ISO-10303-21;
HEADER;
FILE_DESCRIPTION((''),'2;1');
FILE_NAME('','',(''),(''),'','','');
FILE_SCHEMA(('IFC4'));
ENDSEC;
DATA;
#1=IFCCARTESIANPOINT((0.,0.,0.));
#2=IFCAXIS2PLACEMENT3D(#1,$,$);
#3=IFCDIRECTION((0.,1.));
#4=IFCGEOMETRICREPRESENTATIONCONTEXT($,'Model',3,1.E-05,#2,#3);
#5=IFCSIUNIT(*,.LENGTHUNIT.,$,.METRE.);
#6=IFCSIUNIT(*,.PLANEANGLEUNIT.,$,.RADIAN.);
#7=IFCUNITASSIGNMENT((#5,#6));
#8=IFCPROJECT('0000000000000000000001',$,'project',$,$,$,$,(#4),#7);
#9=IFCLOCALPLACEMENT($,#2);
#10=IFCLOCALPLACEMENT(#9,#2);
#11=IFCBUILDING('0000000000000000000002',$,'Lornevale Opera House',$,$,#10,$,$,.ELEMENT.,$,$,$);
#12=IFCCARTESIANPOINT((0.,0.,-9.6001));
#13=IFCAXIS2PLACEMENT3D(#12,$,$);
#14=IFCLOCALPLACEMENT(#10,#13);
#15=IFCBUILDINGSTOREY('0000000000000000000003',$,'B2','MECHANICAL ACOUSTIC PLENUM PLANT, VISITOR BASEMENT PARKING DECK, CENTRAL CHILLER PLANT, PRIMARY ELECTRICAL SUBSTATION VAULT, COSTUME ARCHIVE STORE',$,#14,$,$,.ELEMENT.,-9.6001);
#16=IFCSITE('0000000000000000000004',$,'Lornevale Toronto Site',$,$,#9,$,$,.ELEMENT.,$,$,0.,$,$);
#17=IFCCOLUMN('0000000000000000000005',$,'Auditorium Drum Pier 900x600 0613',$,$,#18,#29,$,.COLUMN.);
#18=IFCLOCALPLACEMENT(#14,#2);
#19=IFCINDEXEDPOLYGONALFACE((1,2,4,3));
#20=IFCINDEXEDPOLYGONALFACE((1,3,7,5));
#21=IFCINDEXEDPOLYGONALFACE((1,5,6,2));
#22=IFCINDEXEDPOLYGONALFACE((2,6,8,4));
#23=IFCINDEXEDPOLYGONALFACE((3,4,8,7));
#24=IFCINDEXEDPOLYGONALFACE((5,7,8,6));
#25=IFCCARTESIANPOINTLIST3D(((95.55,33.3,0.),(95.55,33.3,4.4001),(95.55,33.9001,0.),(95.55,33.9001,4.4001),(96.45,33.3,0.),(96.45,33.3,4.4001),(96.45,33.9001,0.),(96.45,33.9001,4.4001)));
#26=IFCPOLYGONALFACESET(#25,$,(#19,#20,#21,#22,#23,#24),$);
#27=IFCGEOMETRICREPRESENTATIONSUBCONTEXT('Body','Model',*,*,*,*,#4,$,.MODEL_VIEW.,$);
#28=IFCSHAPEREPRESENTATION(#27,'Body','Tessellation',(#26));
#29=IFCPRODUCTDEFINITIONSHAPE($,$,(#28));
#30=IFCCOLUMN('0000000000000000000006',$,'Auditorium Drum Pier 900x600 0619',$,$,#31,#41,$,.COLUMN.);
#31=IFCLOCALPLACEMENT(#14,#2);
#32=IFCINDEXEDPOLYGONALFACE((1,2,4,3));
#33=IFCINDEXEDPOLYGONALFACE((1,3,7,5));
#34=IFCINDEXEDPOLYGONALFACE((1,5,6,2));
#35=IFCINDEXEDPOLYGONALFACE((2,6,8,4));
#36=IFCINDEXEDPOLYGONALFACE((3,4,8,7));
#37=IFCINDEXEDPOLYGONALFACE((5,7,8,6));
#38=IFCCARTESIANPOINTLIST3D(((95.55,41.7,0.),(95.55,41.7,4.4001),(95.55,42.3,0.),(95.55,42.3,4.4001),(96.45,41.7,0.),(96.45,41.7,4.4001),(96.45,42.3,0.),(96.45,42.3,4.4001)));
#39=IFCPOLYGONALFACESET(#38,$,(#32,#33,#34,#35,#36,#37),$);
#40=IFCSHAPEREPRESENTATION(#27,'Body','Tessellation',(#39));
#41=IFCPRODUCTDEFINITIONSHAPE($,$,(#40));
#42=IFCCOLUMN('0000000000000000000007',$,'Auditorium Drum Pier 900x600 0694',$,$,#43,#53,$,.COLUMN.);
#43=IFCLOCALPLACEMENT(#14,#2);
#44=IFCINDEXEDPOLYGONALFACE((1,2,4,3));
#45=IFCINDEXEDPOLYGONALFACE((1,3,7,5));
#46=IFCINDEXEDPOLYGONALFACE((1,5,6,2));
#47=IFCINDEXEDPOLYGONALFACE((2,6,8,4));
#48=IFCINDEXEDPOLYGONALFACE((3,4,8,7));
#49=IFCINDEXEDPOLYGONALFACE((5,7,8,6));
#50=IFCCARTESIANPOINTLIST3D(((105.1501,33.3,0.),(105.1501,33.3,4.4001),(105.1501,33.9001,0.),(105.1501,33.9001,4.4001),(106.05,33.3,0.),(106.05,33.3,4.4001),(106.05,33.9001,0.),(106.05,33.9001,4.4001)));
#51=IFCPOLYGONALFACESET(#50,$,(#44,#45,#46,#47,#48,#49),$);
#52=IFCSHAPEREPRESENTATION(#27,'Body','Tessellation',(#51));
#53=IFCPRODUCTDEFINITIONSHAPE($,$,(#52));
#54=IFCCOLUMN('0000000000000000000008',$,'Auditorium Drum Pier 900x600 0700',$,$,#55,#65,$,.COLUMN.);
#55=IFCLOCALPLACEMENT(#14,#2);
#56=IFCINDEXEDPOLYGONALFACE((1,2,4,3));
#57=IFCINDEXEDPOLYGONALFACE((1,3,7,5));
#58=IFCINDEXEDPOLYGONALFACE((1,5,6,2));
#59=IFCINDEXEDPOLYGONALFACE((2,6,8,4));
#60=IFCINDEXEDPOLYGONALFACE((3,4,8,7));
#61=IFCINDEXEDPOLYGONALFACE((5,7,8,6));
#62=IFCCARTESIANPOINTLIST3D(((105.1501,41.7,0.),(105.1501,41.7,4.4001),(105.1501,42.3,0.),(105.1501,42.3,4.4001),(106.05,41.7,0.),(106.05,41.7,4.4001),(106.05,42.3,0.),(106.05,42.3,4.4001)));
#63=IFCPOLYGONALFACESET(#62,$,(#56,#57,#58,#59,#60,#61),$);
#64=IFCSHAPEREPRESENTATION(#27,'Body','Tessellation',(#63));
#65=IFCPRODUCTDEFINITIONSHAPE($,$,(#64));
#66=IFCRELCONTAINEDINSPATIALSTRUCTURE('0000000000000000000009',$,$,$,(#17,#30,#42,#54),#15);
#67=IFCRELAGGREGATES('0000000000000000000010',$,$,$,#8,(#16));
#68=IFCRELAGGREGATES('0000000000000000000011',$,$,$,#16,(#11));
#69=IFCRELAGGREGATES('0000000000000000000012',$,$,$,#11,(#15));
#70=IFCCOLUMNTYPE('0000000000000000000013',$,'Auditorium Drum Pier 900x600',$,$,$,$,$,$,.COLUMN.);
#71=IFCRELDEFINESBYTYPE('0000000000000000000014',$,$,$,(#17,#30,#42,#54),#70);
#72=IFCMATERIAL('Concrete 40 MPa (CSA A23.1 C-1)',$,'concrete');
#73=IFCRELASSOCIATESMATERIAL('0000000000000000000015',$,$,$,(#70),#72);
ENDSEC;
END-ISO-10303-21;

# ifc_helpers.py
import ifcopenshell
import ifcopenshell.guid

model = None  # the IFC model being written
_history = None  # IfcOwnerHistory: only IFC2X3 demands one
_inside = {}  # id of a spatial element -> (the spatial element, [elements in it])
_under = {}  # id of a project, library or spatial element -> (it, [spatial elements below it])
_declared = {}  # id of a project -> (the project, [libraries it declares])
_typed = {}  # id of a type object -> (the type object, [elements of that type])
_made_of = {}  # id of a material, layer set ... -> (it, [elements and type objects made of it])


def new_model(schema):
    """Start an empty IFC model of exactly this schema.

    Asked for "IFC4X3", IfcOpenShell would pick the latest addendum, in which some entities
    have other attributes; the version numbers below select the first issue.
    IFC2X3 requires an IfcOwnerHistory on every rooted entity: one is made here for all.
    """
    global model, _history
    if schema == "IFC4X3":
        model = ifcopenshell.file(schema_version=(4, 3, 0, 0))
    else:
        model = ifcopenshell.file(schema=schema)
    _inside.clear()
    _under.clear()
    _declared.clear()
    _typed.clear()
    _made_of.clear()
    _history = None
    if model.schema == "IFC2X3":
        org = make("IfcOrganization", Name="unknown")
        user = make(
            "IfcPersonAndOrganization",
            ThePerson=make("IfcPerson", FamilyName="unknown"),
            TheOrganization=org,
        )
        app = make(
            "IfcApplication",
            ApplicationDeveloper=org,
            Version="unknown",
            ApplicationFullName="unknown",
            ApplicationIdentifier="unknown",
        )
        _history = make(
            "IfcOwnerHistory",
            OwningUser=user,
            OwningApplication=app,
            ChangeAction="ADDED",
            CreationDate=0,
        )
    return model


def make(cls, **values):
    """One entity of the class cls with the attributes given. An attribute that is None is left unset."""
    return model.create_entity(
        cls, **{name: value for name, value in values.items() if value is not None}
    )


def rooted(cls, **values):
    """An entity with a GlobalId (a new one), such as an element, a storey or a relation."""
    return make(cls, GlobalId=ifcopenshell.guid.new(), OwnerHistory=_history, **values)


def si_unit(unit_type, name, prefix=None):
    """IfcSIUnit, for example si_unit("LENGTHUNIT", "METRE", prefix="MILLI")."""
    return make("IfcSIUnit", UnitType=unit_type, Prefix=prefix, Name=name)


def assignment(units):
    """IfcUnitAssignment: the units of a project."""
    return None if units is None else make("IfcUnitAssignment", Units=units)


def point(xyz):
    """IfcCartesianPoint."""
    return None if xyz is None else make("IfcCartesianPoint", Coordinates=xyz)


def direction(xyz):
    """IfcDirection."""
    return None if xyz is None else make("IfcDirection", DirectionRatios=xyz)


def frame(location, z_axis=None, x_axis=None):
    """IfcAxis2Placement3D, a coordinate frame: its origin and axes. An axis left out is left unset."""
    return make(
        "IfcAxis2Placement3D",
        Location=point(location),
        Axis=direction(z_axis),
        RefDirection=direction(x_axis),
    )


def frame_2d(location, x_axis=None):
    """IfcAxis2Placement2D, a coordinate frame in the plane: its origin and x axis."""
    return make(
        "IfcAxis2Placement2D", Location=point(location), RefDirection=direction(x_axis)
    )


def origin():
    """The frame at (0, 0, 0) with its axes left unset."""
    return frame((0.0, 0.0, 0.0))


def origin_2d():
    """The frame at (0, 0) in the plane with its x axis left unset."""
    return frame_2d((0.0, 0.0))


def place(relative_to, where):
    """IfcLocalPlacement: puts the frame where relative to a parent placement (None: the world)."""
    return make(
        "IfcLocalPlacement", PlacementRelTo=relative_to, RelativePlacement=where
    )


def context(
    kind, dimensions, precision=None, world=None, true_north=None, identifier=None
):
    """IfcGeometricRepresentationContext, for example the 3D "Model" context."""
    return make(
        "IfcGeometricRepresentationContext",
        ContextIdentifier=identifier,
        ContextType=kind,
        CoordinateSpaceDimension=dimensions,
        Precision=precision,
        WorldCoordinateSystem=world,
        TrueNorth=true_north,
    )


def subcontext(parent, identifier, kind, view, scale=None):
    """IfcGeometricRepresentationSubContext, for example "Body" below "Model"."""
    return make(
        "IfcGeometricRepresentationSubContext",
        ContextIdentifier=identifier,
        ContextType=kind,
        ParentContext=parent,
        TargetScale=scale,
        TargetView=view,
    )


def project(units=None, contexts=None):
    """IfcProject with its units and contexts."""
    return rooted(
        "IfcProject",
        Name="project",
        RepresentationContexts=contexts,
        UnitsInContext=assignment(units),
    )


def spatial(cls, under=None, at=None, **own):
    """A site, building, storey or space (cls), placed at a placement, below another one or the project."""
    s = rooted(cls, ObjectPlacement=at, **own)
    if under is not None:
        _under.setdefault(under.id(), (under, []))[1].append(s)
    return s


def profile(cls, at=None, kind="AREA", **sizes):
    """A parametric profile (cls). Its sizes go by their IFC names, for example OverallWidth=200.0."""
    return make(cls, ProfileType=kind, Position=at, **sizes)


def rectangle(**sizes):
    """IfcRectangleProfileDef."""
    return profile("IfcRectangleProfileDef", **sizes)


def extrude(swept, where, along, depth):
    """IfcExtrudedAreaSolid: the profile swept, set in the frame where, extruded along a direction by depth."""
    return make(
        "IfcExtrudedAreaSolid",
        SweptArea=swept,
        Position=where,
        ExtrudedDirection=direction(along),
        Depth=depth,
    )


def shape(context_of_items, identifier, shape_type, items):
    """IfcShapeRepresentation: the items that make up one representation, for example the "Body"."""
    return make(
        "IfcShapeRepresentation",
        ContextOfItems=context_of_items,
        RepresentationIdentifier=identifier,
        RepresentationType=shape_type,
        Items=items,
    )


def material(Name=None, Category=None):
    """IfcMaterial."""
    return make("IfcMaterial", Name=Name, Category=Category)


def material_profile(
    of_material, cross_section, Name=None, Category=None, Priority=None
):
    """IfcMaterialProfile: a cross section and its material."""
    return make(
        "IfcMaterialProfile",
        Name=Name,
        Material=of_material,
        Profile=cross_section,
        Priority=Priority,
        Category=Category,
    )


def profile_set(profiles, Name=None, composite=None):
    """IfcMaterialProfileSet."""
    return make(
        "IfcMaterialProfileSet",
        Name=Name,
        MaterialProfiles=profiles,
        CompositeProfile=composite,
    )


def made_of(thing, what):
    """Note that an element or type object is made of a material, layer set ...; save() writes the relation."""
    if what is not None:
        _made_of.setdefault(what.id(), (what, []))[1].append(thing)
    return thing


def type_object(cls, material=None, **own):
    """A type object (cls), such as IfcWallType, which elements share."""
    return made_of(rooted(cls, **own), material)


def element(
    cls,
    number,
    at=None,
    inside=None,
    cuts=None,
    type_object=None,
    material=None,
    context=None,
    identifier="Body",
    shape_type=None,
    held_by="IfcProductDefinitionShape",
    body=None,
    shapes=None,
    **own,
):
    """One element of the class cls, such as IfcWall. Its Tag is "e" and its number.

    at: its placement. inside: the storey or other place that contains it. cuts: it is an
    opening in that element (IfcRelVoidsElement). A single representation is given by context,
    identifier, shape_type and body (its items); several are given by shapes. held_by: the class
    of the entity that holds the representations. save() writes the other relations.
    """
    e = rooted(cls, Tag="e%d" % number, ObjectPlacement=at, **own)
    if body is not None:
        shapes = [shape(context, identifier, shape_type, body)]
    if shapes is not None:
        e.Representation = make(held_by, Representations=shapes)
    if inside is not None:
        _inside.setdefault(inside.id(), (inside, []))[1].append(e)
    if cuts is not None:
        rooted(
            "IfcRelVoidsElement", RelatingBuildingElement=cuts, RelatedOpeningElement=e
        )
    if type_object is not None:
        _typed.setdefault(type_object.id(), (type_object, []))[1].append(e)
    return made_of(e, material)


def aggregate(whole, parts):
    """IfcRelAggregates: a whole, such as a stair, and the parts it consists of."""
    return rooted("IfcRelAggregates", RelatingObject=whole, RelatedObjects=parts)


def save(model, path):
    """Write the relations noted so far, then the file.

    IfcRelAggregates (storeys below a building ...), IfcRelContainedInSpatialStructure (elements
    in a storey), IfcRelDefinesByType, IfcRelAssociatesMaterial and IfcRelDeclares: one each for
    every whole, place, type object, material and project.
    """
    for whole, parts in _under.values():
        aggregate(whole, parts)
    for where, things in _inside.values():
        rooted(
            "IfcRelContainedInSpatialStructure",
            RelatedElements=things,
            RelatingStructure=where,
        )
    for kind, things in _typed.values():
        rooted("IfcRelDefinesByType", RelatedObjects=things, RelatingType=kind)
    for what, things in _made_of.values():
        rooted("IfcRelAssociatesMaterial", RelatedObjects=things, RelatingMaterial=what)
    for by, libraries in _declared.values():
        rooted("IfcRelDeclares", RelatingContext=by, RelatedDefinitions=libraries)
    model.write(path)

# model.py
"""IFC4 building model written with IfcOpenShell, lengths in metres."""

from ifc_helpers import new_model, si_unit, direction, frame, origin, origin_2d, place, context, subcontext, project, spatial, rectangle, extrude, material, material_profile, profile_set, type_object, element, save


model = new_model("IFC4")

# Units and contexts
model_context = context("Model", 3, precision=1e-05, world=origin(), true_north=direction((0.0, 1.0)))
body_context = subcontext(model_context, "Body", "Model", "MODEL_VIEW")
ifc_project = project(units=[si_unit("LENGTHUNIT", "METRE"), si_unit("PLANEANGLEUNIT", "RADIAN")], contexts=[model_context])

# Site, building, storey
site_placement = place(None, origin())
site = spatial("IfcSite", under=ifc_project, at=site_placement, Name="Lornevale Toronto Site", CompositionType="ELEMENT", RefElevation=0.0)
building_placement = place(site_placement, origin())
building = spatial("IfcBuilding", under=site, at=building_placement, Name="Lornevale Opera House", CompositionType="ELEMENT")
storey_placement = place(building_placement, frame((0.0, 0.0, -9.6001)))
storey = spatial("IfcBuildingStorey", under=building, at=storey_placement, Name="B2", Description="MECHANICAL ACOUSTIC PLENUM PLANT, VISITOR BASEMENT PARKING DECK, CENTRAL CHILLER PLANT, PRIMARY ELECTRICAL SUBSTATION VAULT, COSTUME ARCHIVE STORE", CompositionType="ELEMENT", Elevation=-9.6001)

# Shared definitions
ifc_material_1 = material(Name="Concrete 40 MPa (CSA A23.1 C-1)", Category="concrete")

# Columns
ifc_material_profile_1 = material_profile(ifc_material_1, rectangle(XDim=0.8999, YDim=0.6001, at=origin_2d()), Name="RC900x600")
ifc_profile_set_1 = profile_set([ifc_material_profile_1], Name="Concrete 40 MPa (CSA A23.1 C-1)")
column_type = type_object("IfcColumnType", Name="Auditorium Drum Pier 900x600", PredefinedType="COLUMN", material=ifc_profile_set_1)
for number, where, z_axis, x_axis, name in (
    (1, (96.0, 33.6001, 0.0), (0.0, 0.0, 1.0), (1.0, 0.0, 0.0), "Auditorium Drum Pier 900x600 0613"),
    (2, (96.0, 42.0, 0.0), (0.0, 0.0, 1.0), (1.0, 0.0, 0.0), "Auditorium Drum Pier 900x600 0619"),
    (3, (105.6001, 33.6001, 0.0), (0.0, 0.0, 1.0), (1.0, 0.0, 0.0), "Auditorium Drum Pier 900x600 0694"),
    (4, (105.6001, 42.0, 0.0), (0.0, 0.0, 1.0), (1.0, 0.0, 0.0), "Auditorium Drum Pier 900x600 0700"),
):
    element("IfcColumn", number, at=place(storey_placement, frame(where, z_axis=z_axis, x_axis=x_axis)), inside=storey, type_object=column_type, Name=name, PredefinedType="COLUMN", context=body_context, shape_type="SweptSolid", body=[
        extrude(rectangle(XDim=0.8999, YDim=0.6001, at=origin_2d()), origin(), (0.0, 0.0, 1.0), 4.4001),
    ])

save(model, "model.ifc")
